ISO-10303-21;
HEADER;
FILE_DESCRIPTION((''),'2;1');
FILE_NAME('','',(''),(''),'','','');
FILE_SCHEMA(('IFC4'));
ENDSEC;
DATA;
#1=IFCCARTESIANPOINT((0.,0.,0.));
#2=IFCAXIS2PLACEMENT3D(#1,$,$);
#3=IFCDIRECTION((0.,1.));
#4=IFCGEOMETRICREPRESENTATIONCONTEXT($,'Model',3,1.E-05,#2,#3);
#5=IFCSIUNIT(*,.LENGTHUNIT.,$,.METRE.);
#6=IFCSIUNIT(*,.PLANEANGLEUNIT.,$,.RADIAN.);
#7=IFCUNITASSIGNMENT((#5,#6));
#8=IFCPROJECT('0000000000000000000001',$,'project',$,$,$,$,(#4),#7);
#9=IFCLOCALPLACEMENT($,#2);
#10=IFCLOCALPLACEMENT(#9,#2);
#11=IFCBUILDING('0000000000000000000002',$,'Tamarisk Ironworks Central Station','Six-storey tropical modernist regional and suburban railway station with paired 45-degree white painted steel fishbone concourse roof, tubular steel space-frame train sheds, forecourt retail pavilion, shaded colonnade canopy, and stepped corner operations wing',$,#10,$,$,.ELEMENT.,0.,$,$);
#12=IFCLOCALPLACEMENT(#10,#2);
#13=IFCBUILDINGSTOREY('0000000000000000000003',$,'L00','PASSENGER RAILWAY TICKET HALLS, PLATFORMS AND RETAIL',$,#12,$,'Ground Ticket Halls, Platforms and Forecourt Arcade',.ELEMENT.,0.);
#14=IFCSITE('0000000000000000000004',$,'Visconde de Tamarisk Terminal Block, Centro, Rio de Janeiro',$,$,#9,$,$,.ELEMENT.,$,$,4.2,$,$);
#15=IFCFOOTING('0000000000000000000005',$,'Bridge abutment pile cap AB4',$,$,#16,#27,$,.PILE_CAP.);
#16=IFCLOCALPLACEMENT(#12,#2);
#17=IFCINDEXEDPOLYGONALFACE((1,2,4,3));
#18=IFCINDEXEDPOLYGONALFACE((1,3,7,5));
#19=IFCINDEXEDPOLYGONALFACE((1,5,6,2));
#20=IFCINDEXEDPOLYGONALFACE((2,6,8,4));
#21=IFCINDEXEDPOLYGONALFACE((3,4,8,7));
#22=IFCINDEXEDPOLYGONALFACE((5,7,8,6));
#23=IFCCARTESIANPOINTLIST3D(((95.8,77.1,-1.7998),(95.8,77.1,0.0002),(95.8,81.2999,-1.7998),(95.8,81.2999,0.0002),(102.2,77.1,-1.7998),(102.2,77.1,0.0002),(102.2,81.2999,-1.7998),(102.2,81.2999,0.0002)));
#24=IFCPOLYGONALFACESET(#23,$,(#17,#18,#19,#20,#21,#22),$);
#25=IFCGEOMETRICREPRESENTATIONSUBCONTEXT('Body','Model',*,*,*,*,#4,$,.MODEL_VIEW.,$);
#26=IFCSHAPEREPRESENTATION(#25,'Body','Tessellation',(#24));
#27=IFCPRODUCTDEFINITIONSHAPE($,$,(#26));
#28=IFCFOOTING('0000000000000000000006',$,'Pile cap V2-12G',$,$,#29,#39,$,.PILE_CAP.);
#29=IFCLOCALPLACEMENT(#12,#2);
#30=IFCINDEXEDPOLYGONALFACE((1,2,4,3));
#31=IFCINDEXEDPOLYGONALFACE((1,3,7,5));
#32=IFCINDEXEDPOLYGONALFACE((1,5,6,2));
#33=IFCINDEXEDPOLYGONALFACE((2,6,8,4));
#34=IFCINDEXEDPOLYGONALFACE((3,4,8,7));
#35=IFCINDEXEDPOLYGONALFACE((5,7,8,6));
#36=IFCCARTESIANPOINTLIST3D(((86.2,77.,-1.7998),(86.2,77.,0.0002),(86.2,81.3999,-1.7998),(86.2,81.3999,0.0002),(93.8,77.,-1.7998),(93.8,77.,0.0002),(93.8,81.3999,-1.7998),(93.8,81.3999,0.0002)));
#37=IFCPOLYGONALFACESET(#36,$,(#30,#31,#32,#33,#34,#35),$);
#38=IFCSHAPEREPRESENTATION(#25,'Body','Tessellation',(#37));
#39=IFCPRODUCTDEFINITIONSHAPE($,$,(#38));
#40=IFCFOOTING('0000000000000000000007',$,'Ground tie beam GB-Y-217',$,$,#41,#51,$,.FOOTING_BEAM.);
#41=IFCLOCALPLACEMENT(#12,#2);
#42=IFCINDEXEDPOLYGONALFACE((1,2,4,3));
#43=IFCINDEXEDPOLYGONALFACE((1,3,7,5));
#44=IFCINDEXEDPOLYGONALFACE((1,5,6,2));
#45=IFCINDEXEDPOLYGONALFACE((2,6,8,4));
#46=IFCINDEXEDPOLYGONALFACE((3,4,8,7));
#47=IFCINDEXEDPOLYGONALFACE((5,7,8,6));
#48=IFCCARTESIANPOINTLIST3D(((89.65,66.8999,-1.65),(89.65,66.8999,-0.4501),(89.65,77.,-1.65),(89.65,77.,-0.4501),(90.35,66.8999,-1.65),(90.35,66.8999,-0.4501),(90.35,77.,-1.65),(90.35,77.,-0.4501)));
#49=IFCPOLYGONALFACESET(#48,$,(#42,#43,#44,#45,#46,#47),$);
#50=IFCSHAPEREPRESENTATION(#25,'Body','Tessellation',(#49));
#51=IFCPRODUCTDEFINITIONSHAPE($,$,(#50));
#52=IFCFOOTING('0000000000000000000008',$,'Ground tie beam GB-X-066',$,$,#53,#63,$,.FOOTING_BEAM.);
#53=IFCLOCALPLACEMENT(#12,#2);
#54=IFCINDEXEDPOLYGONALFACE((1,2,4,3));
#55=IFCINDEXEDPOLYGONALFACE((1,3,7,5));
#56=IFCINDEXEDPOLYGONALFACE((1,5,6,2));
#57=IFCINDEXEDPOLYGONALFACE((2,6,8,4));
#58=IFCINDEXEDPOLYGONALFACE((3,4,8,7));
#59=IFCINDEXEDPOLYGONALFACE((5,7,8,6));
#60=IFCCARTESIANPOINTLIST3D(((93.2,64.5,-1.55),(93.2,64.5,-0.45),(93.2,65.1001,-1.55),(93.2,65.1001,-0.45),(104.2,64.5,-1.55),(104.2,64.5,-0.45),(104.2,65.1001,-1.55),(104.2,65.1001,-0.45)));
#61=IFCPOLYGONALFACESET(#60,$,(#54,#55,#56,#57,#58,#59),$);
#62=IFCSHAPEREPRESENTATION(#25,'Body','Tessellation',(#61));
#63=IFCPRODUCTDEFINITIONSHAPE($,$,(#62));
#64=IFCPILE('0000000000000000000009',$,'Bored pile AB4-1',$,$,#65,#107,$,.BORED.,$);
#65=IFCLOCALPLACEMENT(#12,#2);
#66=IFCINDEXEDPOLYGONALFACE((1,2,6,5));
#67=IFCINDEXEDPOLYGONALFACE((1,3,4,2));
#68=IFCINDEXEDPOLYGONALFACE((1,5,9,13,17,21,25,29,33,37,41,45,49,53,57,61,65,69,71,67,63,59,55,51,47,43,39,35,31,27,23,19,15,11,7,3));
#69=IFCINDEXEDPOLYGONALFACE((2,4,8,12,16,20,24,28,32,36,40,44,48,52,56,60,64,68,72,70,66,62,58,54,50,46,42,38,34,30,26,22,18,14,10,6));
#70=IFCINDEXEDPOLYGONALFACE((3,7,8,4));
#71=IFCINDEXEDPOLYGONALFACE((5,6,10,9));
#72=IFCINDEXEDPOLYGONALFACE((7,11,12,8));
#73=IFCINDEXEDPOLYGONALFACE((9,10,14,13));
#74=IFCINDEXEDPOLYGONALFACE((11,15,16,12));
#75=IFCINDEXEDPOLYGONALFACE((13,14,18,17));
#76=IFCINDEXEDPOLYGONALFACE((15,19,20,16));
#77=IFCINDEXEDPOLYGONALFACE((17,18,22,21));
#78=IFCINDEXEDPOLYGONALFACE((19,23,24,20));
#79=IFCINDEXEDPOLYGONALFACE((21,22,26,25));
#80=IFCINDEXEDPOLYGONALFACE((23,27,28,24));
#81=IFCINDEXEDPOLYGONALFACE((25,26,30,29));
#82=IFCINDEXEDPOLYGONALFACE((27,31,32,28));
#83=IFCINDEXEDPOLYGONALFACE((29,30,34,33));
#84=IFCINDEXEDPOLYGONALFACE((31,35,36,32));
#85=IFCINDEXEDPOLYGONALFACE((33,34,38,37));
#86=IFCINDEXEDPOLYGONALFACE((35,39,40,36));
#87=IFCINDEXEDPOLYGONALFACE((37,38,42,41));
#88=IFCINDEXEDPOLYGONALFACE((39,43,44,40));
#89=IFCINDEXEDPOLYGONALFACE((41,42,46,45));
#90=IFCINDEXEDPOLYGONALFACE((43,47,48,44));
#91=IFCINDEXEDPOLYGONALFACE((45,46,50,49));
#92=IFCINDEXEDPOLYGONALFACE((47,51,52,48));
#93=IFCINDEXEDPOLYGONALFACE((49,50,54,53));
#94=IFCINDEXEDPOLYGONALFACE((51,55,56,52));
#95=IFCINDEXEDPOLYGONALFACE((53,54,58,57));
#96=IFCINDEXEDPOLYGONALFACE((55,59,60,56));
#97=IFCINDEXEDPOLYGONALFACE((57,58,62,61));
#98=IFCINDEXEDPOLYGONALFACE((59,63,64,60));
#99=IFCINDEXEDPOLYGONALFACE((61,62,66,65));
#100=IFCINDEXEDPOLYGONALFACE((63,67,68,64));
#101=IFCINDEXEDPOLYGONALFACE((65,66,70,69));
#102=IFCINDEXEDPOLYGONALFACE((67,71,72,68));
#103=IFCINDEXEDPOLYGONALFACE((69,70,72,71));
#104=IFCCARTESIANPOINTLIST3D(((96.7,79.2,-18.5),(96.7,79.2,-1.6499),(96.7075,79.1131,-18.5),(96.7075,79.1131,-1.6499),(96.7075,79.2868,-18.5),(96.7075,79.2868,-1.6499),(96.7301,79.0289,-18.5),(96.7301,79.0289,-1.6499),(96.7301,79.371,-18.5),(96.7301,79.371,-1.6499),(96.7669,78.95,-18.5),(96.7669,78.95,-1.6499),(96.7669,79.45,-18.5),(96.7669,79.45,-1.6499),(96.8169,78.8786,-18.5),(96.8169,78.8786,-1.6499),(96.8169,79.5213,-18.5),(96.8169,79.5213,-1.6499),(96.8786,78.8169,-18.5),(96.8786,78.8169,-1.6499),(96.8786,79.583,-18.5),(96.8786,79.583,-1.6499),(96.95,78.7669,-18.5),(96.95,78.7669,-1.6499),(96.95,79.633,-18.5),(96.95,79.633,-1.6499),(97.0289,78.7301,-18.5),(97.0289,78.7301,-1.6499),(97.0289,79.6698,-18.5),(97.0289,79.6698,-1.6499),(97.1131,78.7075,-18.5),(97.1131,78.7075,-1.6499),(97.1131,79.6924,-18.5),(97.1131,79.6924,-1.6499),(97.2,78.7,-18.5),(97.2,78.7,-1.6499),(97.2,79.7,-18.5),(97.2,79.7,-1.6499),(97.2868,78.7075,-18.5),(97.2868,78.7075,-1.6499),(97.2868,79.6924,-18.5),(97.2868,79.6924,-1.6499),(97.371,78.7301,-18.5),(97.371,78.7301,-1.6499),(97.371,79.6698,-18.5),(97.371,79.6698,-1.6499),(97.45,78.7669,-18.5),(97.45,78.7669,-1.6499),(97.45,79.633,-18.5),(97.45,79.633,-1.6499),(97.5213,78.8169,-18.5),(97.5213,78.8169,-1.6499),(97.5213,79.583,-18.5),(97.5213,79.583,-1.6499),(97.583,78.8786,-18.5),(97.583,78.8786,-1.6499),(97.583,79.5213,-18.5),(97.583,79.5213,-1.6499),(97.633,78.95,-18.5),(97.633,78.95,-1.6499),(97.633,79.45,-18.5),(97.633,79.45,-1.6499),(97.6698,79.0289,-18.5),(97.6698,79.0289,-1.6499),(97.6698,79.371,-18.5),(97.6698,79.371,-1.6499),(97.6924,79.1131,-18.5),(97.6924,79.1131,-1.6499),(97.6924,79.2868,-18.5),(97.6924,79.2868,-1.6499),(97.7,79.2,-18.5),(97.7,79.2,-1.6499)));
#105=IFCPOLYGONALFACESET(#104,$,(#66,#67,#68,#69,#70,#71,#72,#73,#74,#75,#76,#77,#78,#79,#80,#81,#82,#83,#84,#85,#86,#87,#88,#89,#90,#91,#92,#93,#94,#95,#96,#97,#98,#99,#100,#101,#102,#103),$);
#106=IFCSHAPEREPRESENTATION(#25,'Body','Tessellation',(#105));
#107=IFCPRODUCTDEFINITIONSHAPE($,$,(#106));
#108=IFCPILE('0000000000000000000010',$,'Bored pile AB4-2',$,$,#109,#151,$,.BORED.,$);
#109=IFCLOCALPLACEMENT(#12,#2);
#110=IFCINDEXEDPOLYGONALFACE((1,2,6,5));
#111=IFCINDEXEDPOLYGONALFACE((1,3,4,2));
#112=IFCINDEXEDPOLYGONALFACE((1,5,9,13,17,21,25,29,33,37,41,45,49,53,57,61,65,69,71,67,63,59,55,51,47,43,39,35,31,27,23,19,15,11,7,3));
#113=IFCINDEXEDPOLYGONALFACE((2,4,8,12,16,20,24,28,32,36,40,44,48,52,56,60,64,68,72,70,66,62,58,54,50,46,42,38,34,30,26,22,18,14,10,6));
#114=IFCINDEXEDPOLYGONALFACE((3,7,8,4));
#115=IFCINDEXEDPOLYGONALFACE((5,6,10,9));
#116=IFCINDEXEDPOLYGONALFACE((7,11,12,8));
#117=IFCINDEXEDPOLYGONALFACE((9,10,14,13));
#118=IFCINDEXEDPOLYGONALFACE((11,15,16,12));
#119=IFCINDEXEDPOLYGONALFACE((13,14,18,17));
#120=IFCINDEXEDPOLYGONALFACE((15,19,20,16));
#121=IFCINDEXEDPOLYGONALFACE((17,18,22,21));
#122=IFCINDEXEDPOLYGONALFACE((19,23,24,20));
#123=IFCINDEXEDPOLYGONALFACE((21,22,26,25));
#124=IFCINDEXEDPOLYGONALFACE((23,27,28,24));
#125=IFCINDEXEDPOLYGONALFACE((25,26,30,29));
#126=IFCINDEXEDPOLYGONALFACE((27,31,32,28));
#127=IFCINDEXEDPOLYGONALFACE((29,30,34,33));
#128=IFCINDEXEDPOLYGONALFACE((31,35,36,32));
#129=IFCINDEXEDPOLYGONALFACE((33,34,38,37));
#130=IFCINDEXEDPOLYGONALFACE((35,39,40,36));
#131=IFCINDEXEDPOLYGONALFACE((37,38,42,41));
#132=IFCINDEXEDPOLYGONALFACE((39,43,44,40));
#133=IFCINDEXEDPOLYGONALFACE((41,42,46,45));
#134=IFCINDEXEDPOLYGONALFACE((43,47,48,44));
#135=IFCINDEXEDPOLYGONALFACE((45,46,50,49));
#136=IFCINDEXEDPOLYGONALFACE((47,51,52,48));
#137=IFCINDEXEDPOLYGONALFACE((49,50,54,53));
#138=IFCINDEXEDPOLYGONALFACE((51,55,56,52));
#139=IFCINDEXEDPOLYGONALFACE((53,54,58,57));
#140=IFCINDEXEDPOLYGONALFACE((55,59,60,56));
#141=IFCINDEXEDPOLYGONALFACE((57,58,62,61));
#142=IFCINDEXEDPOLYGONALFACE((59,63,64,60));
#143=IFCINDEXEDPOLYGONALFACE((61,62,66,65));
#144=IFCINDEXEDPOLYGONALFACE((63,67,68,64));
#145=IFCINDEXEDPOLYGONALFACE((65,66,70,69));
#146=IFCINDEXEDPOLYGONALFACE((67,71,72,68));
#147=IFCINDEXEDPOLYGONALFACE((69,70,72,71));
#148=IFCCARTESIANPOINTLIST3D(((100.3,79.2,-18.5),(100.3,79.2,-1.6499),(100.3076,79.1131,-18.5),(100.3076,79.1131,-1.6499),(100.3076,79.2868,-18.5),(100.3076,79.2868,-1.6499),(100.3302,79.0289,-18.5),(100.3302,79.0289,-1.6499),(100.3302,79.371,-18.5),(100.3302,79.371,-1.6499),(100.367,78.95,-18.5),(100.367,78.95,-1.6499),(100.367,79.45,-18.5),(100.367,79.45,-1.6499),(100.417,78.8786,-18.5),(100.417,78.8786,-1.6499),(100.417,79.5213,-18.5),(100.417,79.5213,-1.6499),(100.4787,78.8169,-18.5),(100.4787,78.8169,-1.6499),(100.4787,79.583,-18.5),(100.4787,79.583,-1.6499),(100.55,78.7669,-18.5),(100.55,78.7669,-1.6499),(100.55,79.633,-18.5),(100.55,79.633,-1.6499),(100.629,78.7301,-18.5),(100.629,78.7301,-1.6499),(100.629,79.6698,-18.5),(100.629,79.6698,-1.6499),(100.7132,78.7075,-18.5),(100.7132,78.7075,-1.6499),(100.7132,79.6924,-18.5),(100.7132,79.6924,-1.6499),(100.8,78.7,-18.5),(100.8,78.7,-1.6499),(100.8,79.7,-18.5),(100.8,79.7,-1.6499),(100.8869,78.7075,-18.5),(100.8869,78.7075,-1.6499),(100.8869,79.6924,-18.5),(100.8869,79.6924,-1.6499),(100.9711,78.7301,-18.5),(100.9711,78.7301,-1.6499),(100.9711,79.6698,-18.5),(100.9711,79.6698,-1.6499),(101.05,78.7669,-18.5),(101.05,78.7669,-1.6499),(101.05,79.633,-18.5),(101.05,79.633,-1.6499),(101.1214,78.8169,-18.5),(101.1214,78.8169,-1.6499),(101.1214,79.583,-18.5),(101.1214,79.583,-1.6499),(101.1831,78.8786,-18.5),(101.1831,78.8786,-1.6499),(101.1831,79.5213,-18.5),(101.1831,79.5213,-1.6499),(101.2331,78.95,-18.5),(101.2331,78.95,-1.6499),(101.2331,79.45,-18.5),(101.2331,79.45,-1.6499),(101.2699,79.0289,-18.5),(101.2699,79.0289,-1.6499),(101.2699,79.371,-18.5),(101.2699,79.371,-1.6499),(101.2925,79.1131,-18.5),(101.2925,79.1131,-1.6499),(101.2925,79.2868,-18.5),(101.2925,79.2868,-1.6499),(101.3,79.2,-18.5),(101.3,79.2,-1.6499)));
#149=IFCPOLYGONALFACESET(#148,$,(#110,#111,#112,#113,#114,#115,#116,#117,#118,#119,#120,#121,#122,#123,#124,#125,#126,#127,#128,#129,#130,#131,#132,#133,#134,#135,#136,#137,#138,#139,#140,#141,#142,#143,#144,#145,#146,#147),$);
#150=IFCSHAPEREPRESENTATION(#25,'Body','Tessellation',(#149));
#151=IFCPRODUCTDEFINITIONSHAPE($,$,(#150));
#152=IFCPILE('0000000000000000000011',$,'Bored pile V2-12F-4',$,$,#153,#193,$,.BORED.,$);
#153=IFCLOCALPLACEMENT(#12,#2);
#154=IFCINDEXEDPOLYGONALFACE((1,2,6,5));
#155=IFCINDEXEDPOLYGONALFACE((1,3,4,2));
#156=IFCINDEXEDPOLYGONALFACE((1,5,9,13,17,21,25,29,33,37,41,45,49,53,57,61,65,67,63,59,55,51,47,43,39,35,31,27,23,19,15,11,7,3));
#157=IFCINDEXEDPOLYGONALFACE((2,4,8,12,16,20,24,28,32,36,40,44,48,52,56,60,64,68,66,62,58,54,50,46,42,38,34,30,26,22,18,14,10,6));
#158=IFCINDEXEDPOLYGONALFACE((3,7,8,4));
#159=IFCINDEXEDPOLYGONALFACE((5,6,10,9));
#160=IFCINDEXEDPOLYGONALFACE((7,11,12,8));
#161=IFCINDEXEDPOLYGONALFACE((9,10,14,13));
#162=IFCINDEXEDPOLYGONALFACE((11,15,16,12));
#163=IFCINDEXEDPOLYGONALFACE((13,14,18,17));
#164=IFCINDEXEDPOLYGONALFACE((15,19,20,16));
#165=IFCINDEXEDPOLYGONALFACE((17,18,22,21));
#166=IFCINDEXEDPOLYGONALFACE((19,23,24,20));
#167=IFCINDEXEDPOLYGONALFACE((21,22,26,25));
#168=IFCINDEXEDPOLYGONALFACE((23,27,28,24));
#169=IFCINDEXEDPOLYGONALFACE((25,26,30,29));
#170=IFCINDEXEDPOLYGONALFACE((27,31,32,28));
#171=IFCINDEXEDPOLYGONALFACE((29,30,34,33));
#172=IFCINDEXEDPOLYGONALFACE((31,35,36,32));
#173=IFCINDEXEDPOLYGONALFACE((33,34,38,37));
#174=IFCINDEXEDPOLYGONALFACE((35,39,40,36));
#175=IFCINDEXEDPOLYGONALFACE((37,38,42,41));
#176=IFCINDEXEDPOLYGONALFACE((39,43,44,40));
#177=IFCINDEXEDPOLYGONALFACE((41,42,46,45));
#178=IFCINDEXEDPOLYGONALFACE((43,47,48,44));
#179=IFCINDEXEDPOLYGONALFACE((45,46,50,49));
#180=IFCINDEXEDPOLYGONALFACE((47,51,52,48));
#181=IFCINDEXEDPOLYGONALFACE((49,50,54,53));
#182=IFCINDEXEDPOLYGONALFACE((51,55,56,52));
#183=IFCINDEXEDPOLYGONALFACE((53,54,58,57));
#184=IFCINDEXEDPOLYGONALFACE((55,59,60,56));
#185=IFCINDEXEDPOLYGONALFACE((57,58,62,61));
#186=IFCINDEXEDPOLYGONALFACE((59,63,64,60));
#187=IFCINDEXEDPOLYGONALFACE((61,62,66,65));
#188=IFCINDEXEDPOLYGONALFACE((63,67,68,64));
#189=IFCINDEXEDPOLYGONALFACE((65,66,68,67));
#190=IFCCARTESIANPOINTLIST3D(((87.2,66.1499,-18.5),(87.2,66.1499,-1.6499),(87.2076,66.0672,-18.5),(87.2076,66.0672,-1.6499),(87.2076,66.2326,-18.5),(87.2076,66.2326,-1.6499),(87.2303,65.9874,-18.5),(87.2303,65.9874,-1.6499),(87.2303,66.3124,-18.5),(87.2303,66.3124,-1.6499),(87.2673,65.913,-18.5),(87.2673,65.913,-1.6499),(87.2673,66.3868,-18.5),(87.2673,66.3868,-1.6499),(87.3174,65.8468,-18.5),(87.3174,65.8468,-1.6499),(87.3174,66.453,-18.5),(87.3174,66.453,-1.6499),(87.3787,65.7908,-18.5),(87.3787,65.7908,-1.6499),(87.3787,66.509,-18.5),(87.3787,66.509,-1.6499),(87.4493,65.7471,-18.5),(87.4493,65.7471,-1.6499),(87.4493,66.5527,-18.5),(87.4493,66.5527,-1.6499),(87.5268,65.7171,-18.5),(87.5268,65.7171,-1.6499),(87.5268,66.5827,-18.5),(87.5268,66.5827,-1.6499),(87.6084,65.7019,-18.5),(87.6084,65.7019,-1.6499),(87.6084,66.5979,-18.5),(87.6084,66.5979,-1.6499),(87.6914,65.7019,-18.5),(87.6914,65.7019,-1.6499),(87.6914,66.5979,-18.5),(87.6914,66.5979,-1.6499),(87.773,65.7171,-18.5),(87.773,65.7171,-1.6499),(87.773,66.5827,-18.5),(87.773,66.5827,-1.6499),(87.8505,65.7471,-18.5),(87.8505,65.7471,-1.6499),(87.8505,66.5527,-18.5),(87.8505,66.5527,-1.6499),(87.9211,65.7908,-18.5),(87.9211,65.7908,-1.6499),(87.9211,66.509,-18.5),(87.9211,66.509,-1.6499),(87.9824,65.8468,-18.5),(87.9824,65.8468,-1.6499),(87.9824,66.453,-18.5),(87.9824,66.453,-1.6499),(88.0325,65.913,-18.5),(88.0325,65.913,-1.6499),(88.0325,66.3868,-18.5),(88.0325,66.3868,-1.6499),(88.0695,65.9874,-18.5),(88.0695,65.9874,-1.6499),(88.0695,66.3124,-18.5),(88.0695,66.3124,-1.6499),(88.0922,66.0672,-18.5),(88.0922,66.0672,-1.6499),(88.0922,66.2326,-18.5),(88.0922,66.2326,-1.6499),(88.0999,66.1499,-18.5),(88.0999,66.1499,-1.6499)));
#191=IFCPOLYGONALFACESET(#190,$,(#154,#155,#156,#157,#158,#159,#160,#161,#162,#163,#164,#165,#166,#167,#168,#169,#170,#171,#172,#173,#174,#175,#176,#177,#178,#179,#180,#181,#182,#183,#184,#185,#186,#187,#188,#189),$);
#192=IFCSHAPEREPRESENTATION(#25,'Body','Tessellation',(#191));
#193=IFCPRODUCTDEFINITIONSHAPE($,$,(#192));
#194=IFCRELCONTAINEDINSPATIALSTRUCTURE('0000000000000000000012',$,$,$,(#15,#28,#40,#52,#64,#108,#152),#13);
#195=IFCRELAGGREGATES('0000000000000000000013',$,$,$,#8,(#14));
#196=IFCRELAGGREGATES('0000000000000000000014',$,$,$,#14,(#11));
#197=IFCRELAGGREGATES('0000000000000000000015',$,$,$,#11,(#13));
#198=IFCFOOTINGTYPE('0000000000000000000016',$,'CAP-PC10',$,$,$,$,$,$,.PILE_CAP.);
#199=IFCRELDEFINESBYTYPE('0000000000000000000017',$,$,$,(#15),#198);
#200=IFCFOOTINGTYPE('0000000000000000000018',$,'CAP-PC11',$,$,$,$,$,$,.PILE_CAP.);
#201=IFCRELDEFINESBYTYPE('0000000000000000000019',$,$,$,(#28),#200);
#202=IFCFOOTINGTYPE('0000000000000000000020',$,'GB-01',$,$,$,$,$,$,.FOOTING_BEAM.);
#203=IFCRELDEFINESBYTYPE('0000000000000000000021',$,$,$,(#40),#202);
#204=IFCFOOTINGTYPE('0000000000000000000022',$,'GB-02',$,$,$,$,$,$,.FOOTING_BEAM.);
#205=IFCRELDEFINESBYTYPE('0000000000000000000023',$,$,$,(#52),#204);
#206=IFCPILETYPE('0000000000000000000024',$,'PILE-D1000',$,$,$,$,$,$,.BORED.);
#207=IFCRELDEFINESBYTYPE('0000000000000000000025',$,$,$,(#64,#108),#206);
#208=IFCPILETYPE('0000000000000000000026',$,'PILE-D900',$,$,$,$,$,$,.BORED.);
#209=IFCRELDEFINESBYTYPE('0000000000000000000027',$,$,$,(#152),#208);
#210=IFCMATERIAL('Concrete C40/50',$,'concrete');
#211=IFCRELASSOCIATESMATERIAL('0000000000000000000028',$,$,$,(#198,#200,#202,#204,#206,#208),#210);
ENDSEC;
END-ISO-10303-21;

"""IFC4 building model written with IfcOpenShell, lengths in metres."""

from ifc_helpers import new_model, si_unit, direction, frame, origin, origin_2d, place, context, subcontext, project, spatial, rectangle, circle, extrude, material, material_profile, profile_set, type_object, element, save


model = new_model("IFC4")

# Units and contexts
model_context = context("Model", 3, precision=1e-05, world=origin(), true_north=direction((0.0, 1.0)))
body_context = subcontext(model_context, "Body", "Model", "MODEL_VIEW")
ifc_project = project(units=[si_unit("LENGTHUNIT", "METRE"), si_unit("PLANEANGLEUNIT", "RADIAN")], contexts=[model_context])

# Site, building, storey
site_placement = place(None, origin())
site = spatial("IfcSite", under=ifc_project, at=site_placement, Name="Visconde de Tamarisk Terminal Block, Centro, Rio de Janeiro", CompositionType="ELEMENT", RefElevation=4.2)
building_placement = place(site_placement, origin())
building = spatial("IfcBuilding", under=site, at=building_placement, Name="Tamarisk Ironworks Central Station", Description="Six-storey tropical modernist regional and suburban railway station with paired 45-degree white painted steel fishbone concourse roof, tubular steel space-frame train sheds, forecourt retail pavilion, shaded colonnade canopy, and stepped corner operations wing", CompositionType="ELEMENT", ElevationOfRefHeight=0.0)
storey_placement = place(building_placement, origin())
storey = spatial("IfcBuildingStorey", under=building, at=storey_placement, Name="L00", Description="PASSENGER RAILWAY TICKET HALLS, PLATFORMS AND RETAIL", LongName="Ground Ticket Halls, Platforms and Forecourt Arcade", CompositionType="ELEMENT", Elevation=0.0)

# Footings
ifc_material_1 = material(Name="Concrete C40/50", Category="concrete")
footing_type_1 = type_object("IfcFootingType", Name="CAP-PC10", PredefinedType="PILE_CAP", material=ifc_material_1)
footing_1_placement = place(storey_placement, frame((99.0, 79.2, -1.7998), z_axis=(0.0, 0.0, 1.0), x_axis=(1.0, 0.0, 0.0)))
element("IfcFooting", 1, at=footing_1_placement, inside=storey, type_object=footing_type_1, Name="Bridge abutment pile cap AB4", PredefinedType="PILE_CAP", context=body_context, shape_type="SweptSolid", body=[
    extrude(rectangle(XDim=6.3999, YDim=4.2, at=origin_2d()), origin(), (0.0, 0.0, 1.0), 1.8),
])
footing_type_2 = type_object("IfcFootingType", Name="CAP-PC11", PredefinedType="PILE_CAP", material=ifc_material_1)
footing_2_placement = place(storey_placement, frame((90.0, 79.2, -1.7998), z_axis=(0.0, 0.0, 1.0), x_axis=(1.0, 0.0, 0.0)))
element("IfcFooting", 2, at=footing_2_placement, inside=storey, type_object=footing_type_2, Name="Pile cap V2-12G", PredefinedType="PILE_CAP", context=body_context, shape_type="SweptSolid", body=[
    extrude(rectangle(XDim=7.6001, YDim=4.3999, at=origin_2d()), origin(), (0.0, 0.0, 1.0), 1.8),
])
ifc_material_profile_1 = material_profile(ifc_material_1, rectangle(XDim=0.7, YDim=1.2, at=origin_2d()), Name="GB01 700x1200")
ifc_profile_set_1 = profile_set([ifc_material_profile_1], Name="Concrete C40/50")
footing_type_3 = type_object("IfcFootingType", Name="GB-01", PredefinedType="FOOTING_BEAM", material=ifc_profile_set_1)
footing_3_placement = place(storey_placement, frame((90.0, 66.8999, -1.05), z_axis=(0.0, 1.0, 0.0), x_axis=(-1.0, 0.0, 0.0)))
element("IfcFooting", 3, at=footing_3_placement, inside=storey, type_object=footing_type_3, Name="Ground tie beam GB-Y-217", PredefinedType="FOOTING_BEAM", context=body_context, shape_type="SweptSolid", body=[
    extrude(rectangle(XDim=0.7, YDim=1.2, at=origin_2d()), origin(), (0.0, 0.0, 1.0), 10.1001),
])
ifc_material_profile_2 = material_profile(ifc_material_1, rectangle(XDim=0.6001, YDim=1.1001, at=origin_2d()), Name="GB02 600x1100")
ifc_profile_set_2 = profile_set([ifc_material_profile_2], Name="Concrete C40/50")
footing_type_4 = type_object("IfcFootingType", Name="GB-02", PredefinedType="FOOTING_BEAM", material=ifc_profile_set_2)
footing_4_placement = place(storey_placement, frame((93.2, 64.8, -1.0), z_axis=(1.0, 0.0, 0.0), x_axis=(0.0, 1.0, 0.0)))
element("IfcFooting", 4, at=footing_4_placement, inside=storey, type_object=footing_type_4, Name="Ground tie beam GB-X-066", PredefinedType="FOOTING_BEAM", context=body_context, shape_type="SweptSolid", body=[
    extrude(rectangle(XDim=0.6001, YDim=1.1001, at=origin_2d()), origin(), (0.0, 0.0, 1.0), 11.0),
])

# Piles
ifc_material_profile_3 = material_profile(ifc_material_1, circle(Radius=0.5, at=origin_2d()), Name="BORED PILE D1000")
ifc_profile_set_3 = profile_set([ifc_material_profile_3], Name="Concrete C40/50")
pile_type_1 = type_object("IfcPileType", Name="PILE-D1000", PredefinedType="BORED", material=ifc_profile_set_3)
for number, where, z_axis, x_axis, name in (
    (5, (97.2, 79.2, -1.6499), (0.0, 0.0, -1.0), (1.0, 0.0, 0.0), "Bored pile AB4-1"),
    (6, (100.8, 79.2, -1.6499), (0.0, 0.0, -1.0), (1.0, 0.0, 0.0), "Bored pile AB4-2"),
):
    element("IfcPile", number, at=place(storey_placement, frame(where, z_axis=z_axis, x_axis=x_axis)), inside=storey, type_object=pile_type_1, Name=name, PredefinedType="BORED", context=body_context, shape_type="SweptSolid", body=[
        extrude(circle(Radius=0.5, at=origin_2d()), origin(), (0.0, 0.0, 1.0), 16.8501),
    ])
ifc_material_profile_4 = material_profile(ifc_material_1, circle(Radius=0.45, at=origin_2d()), Name="BORED PILE D900")
ifc_profile_set_4 = profile_set([ifc_material_profile_4], Name="Concrete C40/50")
pile_type_2 = type_object("IfcPileType", Name="PILE-D900", PredefinedType="BORED", material=ifc_profile_set_4)
for number, where, z_axis, x_axis, name in (
    (7, (87.6499, 66.1499, -1.6499), (0.0, 0.0, -1.0), (1.0, 0.0, 0.0), "Bored pile V2-12F-4"),
):
    element("IfcPile", number, at=place(storey_placement, frame(where, z_axis=z_axis, x_axis=x_axis)), inside=storey, type_object=pile_type_2, Name=name, PredefinedType="BORED", context=body_context, shape_type="SweptSolid", body=[
        extrude(circle(Radius=0.45, at=origin_2d()), origin(), (0.0, 0.0, 1.0), 16.8501),
    ])

save(model, "model.ifc")
